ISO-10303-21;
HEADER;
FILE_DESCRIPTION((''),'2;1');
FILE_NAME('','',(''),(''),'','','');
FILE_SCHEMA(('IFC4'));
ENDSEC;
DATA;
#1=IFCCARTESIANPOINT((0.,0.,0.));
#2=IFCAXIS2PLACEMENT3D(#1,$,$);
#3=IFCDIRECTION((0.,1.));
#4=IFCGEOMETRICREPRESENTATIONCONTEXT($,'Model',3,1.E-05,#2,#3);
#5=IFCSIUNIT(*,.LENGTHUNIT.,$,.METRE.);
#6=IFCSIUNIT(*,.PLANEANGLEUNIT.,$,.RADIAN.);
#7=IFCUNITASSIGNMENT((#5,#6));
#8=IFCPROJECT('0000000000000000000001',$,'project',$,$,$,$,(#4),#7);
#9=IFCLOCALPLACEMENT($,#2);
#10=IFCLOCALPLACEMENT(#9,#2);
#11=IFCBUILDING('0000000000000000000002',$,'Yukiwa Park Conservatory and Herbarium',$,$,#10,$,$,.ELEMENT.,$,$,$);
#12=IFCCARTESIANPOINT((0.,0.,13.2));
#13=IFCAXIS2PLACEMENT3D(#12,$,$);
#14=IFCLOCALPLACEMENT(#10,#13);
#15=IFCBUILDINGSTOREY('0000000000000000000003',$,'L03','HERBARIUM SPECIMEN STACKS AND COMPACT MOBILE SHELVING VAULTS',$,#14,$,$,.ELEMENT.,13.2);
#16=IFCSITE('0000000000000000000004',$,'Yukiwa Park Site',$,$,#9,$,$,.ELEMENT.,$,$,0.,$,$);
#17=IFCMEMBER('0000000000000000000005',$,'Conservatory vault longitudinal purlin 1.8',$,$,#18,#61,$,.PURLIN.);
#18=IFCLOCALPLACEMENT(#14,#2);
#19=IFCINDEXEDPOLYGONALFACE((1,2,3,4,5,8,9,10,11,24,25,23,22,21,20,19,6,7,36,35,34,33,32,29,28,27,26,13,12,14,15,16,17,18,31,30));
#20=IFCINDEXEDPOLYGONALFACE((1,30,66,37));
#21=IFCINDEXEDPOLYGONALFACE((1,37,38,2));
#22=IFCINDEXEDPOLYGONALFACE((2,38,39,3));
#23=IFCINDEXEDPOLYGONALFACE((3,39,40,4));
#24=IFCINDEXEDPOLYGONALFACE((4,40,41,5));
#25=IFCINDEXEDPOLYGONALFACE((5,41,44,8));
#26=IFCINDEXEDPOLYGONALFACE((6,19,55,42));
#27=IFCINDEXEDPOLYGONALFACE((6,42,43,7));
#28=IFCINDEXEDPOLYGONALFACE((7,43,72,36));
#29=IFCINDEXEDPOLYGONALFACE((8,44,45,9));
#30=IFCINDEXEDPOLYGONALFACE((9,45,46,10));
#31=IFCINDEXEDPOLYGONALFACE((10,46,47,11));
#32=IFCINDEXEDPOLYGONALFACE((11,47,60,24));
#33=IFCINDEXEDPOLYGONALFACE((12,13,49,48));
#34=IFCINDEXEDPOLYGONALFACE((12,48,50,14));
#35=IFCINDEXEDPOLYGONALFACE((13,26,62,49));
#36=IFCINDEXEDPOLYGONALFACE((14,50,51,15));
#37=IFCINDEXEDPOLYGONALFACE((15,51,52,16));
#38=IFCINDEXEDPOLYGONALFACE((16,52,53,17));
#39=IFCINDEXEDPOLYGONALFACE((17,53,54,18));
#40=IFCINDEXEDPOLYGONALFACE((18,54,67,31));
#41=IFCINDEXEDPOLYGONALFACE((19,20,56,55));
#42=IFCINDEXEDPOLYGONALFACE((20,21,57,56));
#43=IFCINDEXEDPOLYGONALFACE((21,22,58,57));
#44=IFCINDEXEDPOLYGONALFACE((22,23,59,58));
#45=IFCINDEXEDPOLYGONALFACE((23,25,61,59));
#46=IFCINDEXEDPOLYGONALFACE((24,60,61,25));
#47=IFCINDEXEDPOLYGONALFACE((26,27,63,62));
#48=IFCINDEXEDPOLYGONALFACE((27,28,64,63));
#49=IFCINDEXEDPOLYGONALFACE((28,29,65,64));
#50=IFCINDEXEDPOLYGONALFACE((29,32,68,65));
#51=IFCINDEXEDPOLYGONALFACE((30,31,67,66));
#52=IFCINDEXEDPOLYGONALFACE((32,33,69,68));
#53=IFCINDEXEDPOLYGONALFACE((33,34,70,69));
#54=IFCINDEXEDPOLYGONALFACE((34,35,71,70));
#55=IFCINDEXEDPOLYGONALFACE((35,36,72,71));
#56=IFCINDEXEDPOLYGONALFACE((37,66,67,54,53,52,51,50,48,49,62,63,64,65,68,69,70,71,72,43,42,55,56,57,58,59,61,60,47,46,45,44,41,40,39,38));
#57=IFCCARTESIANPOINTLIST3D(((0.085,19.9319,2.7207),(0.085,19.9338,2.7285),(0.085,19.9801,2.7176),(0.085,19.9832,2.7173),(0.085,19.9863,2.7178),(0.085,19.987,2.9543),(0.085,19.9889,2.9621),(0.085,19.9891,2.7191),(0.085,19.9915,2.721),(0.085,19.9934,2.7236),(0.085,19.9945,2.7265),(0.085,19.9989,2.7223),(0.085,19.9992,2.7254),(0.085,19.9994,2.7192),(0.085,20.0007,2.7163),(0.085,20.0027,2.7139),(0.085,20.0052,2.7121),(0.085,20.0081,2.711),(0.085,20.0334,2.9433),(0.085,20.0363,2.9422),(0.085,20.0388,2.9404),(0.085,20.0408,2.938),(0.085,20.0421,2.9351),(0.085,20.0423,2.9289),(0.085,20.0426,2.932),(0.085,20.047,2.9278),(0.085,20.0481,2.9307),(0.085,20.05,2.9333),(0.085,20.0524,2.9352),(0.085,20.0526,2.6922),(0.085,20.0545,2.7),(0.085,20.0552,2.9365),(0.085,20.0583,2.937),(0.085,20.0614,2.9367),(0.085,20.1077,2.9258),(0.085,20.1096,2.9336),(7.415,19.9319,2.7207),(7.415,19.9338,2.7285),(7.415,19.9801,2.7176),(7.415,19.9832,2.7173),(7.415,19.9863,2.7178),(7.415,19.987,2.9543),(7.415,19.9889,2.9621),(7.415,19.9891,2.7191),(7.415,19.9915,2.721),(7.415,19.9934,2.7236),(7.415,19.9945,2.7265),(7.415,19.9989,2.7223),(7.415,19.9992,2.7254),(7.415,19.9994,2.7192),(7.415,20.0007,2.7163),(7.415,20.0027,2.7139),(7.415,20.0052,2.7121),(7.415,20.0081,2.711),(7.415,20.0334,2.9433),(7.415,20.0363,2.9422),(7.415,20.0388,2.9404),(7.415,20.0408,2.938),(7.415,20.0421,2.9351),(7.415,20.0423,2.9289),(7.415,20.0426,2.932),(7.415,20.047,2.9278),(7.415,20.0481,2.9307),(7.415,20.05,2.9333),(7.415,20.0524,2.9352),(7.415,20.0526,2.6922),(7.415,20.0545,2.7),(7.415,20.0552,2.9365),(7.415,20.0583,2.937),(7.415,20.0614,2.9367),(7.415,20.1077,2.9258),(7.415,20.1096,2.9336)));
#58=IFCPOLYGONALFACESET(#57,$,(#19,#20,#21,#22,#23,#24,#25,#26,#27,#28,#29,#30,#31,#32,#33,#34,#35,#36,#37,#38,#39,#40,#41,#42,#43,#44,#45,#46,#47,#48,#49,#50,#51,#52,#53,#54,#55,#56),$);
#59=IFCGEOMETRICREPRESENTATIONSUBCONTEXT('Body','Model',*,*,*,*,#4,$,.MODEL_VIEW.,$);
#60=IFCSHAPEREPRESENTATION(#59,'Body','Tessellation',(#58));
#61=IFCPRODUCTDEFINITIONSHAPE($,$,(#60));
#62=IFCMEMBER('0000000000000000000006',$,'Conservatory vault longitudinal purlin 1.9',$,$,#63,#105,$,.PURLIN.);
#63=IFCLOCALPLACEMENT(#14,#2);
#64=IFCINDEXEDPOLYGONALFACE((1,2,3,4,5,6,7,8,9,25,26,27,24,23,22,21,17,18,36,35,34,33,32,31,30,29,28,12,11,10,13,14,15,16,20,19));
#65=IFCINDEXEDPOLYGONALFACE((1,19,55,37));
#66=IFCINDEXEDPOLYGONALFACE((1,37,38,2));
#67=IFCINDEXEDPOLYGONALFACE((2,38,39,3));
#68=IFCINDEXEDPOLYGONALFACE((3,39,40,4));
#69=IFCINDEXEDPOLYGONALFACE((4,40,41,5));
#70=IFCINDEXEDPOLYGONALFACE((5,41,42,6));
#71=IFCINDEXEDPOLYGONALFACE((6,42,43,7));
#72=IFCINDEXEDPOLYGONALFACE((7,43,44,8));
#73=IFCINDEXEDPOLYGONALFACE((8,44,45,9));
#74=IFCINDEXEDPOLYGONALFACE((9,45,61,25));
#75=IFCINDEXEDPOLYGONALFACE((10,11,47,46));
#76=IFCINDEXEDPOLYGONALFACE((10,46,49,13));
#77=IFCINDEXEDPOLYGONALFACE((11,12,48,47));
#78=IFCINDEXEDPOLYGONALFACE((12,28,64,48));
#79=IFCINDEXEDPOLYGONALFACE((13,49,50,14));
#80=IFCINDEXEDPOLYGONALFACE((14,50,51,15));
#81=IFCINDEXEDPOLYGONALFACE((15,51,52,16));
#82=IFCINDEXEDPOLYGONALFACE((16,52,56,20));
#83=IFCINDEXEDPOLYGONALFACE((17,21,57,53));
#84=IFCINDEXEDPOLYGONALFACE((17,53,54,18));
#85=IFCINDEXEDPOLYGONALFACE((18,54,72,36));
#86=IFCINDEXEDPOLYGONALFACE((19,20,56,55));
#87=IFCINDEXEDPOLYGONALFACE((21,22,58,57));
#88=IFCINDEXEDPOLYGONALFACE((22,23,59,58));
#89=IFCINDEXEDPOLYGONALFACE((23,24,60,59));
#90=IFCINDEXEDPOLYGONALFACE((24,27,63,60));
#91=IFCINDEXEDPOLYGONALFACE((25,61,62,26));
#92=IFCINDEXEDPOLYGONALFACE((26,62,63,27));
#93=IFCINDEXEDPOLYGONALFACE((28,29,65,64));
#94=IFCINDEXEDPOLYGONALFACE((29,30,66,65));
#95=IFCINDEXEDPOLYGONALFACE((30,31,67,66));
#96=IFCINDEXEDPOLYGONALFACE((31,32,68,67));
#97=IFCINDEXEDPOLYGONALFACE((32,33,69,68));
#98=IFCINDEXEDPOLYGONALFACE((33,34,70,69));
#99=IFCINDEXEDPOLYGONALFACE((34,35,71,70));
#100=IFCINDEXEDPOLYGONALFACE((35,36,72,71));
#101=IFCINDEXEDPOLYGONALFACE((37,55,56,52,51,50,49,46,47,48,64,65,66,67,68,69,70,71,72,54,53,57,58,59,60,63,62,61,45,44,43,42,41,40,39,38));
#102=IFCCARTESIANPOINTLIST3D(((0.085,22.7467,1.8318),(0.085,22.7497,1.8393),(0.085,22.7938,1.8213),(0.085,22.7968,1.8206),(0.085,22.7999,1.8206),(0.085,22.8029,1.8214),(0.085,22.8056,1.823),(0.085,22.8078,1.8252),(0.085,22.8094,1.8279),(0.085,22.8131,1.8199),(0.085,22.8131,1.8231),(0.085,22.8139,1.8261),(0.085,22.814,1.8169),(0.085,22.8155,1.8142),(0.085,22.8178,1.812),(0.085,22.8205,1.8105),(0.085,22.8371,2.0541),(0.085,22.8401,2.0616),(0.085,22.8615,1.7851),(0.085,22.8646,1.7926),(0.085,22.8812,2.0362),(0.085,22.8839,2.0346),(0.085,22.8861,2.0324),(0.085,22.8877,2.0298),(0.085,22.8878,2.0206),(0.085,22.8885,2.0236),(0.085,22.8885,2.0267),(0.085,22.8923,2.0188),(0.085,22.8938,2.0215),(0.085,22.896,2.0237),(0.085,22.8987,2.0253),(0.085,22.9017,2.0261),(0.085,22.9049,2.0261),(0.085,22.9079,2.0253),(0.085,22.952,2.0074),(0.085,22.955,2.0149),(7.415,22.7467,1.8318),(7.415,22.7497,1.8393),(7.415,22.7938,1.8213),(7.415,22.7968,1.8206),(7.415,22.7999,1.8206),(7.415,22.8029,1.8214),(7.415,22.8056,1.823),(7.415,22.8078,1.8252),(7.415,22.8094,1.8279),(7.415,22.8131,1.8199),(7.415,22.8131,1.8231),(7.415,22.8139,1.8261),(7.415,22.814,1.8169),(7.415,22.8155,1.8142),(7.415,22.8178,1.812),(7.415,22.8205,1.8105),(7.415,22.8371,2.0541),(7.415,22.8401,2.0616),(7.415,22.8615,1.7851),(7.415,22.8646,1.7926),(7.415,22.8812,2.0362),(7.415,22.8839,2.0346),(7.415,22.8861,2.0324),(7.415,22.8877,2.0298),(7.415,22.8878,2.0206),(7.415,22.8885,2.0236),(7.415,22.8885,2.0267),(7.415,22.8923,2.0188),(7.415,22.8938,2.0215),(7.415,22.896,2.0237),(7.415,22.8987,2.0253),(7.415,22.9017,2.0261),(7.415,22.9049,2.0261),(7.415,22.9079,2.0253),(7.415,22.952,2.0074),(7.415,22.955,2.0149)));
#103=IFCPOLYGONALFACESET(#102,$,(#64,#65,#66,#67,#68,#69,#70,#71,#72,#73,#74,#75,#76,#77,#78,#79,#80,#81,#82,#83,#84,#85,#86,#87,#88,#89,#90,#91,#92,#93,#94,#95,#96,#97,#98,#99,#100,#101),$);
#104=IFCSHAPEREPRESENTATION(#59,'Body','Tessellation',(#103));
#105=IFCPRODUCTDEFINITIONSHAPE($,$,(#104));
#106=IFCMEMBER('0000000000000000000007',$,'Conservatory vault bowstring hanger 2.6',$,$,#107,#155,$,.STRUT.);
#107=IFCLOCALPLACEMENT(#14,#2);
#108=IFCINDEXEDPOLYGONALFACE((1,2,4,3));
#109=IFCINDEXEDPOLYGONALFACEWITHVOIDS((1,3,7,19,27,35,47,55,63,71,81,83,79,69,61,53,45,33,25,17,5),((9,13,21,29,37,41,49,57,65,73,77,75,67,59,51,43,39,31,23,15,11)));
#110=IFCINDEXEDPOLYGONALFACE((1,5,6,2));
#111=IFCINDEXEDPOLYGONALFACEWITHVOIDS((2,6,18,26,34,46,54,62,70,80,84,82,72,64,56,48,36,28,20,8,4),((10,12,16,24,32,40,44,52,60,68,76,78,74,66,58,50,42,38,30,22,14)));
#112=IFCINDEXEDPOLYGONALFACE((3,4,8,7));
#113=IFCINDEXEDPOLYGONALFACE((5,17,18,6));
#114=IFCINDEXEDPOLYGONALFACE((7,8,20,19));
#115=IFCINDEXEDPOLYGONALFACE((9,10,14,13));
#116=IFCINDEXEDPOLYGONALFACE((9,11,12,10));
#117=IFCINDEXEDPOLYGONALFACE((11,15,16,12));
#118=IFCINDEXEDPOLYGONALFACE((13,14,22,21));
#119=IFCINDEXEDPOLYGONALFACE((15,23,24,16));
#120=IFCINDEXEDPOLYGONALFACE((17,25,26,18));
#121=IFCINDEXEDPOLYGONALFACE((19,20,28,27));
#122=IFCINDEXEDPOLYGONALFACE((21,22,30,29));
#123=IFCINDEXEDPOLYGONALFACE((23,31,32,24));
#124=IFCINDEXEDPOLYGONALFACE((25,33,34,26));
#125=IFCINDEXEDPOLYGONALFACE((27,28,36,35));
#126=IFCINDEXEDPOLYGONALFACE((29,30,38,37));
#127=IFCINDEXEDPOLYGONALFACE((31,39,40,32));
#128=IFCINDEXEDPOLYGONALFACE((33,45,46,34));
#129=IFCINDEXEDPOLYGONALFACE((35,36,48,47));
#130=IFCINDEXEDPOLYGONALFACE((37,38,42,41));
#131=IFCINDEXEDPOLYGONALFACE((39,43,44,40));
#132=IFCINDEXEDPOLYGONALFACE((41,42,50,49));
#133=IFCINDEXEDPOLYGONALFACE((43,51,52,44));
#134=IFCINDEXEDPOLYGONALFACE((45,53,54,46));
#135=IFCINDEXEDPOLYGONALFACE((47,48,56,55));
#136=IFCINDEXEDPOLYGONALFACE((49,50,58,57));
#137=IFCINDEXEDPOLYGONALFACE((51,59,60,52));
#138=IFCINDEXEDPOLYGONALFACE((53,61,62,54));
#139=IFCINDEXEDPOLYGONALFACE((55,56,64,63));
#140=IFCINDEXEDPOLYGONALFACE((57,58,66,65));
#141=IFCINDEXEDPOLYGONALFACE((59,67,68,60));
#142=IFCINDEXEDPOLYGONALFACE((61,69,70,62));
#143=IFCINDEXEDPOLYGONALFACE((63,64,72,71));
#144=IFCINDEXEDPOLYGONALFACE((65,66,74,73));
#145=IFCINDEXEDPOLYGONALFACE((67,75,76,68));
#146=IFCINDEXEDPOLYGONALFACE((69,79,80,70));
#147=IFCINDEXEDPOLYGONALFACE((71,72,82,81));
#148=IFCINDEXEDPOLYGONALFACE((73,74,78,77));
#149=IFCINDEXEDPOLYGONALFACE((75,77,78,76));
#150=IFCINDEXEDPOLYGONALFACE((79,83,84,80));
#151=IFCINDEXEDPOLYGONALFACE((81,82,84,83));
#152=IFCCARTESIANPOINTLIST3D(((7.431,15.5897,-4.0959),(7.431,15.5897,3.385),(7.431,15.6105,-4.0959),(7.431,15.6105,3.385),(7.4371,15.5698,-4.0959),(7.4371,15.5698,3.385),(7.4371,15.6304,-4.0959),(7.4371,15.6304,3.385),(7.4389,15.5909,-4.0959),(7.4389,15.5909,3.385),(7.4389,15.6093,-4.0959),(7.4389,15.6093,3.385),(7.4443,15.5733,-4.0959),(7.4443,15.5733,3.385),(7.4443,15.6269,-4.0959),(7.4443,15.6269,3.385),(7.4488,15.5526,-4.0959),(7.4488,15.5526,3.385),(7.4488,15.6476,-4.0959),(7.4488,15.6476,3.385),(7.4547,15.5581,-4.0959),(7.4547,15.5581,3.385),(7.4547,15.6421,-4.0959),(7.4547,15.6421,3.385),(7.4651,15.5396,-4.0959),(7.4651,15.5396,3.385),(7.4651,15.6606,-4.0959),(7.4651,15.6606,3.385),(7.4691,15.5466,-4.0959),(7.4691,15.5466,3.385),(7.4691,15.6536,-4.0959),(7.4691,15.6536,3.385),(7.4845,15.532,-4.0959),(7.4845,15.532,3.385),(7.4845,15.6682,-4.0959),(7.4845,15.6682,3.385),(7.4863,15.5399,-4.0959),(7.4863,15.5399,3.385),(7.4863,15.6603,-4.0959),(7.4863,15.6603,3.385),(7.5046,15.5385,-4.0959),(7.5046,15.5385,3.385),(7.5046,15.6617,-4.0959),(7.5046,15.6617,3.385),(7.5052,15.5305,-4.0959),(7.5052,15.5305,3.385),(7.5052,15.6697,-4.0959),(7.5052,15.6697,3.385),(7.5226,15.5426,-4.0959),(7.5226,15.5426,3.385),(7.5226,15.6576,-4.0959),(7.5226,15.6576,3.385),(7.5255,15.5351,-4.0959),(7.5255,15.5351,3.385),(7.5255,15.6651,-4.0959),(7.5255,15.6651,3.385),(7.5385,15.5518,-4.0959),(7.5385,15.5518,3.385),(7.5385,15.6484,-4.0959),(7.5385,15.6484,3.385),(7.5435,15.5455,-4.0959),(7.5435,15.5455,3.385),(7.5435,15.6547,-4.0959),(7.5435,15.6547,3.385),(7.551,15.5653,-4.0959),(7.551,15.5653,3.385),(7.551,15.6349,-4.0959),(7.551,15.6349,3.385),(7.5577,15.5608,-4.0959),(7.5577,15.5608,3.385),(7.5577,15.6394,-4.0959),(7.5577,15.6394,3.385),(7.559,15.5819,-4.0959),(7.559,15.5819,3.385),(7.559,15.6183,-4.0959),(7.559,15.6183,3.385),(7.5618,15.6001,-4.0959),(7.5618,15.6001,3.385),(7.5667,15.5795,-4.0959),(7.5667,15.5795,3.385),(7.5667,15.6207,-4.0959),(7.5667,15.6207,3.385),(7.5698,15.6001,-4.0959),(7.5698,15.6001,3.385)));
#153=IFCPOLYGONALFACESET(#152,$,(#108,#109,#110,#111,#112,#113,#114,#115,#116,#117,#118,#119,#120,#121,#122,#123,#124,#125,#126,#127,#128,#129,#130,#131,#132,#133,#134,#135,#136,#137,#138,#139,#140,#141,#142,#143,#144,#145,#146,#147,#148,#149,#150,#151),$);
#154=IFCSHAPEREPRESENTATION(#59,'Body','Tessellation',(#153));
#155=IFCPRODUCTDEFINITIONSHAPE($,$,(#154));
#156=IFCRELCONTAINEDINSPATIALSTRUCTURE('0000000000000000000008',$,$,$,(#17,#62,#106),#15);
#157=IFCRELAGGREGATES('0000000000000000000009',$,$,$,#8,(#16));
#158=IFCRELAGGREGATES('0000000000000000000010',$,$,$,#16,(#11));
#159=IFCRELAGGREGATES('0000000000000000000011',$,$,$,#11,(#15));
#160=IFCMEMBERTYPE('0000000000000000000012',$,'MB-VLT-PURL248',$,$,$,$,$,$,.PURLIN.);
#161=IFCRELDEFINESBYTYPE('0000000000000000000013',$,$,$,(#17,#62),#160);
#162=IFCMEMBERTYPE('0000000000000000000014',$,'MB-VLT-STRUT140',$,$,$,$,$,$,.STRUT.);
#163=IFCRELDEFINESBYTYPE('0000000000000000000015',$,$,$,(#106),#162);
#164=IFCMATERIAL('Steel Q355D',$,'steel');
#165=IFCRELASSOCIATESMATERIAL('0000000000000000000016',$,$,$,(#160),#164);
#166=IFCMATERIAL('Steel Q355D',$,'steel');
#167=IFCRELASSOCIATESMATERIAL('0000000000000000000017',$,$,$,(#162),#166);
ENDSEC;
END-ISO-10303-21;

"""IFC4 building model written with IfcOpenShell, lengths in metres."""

from ifc_helpers import new_model, si_unit, direction, frame, origin, origin_2d, place, context, subcontext, project, spatial, hollow_circle, i_section, extrude, material, material_profile, profile_set, type_object, element, save


model = new_model("IFC4")

# Units and contexts
model_context = context("Model", 3, precision=1e-05, world=origin(), true_north=direction((0.0, 1.0)))
body_context = subcontext(model_context, "Body", "Model", "MODEL_VIEW")
ifc_project = project(units=[si_unit("LENGTHUNIT", "METRE"), si_unit("PLANEANGLEUNIT", "RADIAN")], contexts=[model_context])

# Site, building, storey
site_placement = place(None, origin())
site = spatial("IfcSite", under=ifc_project, at=site_placement, Name="Yukiwa Park Site", CompositionType="ELEMENT", RefElevation=0.0)
building_placement = place(site_placement, origin())
building = spatial("IfcBuilding", under=site, at=building_placement, Name="Yukiwa Park Conservatory and Herbarium", CompositionType="ELEMENT")
storey_placement = place(building_placement, frame((0.0, 0.0, 13.2)))
storey = spatial("IfcBuildingStorey", under=building, at=storey_placement, Name="L03", Description="HERBARIUM SPECIMEN STACKS AND COMPACT MOBILE SHELVING VAULTS", CompositionType="ELEMENT", Elevation=13.2)

# Members
ifc_material_1 = material(Name="Steel Q355D", Category="steel")
ifc_material_profile_1 = material_profile(ifc_material_1, i_section(OverallWidth=0.124, OverallDepth=0.248, WebThickness=0.0049, FlangeThickness=0.0081, FilletRadius=0.012, at=origin_2d()), Name="HN 248x124x5x8")
ifc_profile_set_1 = profile_set([ifc_material_profile_1], Name="Steel Q355D")
member_type_1 = type_object("IfcMemberType", Name="MB-VLT-PURL248", PredefinedType="PURLIN", material=ifc_profile_set_1)
for number, where, z_axis, x_axis, name in (
    (1, (0.085, 20.0208, 2.8271), (1.0, 0.0, 0.0), (0.0, 0.973249, -0.229752), "Conservatory vault longitudinal purlin 1.8"),
    (2, (0.085, 22.8508, 1.9233), (1.0, 0.0, 0.0), (0.0, 0.926282, -0.376831), "Conservatory vault longitudinal purlin 1.9"),
):
    element("IfcMember", number, at=place(storey_placement, frame(where, z_axis=z_axis, x_axis=x_axis)), inside=storey, type_object=member_type_1, Name=name, PredefinedType="PURLIN", context=body_context, shape_type="SweptSolid", body=[
        extrude(i_section(OverallWidth=0.124, OverallDepth=0.248, WebThickness=0.0049, FlangeThickness=0.0081, FilletRadius=0.012, at=origin_2d()), origin(), (0.0, 0.0, 1.0), 7.3301),
    ])
ifc_material_2 = material(Name="Steel Q355D", Category="steel")
ifc_material_profile_2 = material_profile(ifc_material_2, hollow_circle(Radius=0.0698, WallThickness=0.0081, at=origin_2d()), Name="CHS 139.7x8")
ifc_profile_set_2 = profile_set([ifc_material_profile_2], Name="Steel Q355D")
member_type_2 = type_object("IfcMemberType", Name="MB-VLT-STRUT140", PredefinedType="STRUT", material=ifc_profile_set_2)
member_1_placement = place(storey_placement, frame((7.5, 15.6001, -4.0959), z_axis=(0.0, 0.0, 1.0), x_axis=(1.0, 0.0, 0.0)))
element("IfcMember", 3, at=member_1_placement, inside=storey, type_object=member_type_2, Name="Conservatory vault bowstring hanger 2.6", PredefinedType="STRUT", context=body_context, shape_type="SweptSolid", body=[
    extrude(hollow_circle(Radius=0.0698, WallThickness=0.0081, at=origin_2d()), origin(), (0.0, 0.0, 1.0), 7.481),
])

save(model, "model.ifc")
